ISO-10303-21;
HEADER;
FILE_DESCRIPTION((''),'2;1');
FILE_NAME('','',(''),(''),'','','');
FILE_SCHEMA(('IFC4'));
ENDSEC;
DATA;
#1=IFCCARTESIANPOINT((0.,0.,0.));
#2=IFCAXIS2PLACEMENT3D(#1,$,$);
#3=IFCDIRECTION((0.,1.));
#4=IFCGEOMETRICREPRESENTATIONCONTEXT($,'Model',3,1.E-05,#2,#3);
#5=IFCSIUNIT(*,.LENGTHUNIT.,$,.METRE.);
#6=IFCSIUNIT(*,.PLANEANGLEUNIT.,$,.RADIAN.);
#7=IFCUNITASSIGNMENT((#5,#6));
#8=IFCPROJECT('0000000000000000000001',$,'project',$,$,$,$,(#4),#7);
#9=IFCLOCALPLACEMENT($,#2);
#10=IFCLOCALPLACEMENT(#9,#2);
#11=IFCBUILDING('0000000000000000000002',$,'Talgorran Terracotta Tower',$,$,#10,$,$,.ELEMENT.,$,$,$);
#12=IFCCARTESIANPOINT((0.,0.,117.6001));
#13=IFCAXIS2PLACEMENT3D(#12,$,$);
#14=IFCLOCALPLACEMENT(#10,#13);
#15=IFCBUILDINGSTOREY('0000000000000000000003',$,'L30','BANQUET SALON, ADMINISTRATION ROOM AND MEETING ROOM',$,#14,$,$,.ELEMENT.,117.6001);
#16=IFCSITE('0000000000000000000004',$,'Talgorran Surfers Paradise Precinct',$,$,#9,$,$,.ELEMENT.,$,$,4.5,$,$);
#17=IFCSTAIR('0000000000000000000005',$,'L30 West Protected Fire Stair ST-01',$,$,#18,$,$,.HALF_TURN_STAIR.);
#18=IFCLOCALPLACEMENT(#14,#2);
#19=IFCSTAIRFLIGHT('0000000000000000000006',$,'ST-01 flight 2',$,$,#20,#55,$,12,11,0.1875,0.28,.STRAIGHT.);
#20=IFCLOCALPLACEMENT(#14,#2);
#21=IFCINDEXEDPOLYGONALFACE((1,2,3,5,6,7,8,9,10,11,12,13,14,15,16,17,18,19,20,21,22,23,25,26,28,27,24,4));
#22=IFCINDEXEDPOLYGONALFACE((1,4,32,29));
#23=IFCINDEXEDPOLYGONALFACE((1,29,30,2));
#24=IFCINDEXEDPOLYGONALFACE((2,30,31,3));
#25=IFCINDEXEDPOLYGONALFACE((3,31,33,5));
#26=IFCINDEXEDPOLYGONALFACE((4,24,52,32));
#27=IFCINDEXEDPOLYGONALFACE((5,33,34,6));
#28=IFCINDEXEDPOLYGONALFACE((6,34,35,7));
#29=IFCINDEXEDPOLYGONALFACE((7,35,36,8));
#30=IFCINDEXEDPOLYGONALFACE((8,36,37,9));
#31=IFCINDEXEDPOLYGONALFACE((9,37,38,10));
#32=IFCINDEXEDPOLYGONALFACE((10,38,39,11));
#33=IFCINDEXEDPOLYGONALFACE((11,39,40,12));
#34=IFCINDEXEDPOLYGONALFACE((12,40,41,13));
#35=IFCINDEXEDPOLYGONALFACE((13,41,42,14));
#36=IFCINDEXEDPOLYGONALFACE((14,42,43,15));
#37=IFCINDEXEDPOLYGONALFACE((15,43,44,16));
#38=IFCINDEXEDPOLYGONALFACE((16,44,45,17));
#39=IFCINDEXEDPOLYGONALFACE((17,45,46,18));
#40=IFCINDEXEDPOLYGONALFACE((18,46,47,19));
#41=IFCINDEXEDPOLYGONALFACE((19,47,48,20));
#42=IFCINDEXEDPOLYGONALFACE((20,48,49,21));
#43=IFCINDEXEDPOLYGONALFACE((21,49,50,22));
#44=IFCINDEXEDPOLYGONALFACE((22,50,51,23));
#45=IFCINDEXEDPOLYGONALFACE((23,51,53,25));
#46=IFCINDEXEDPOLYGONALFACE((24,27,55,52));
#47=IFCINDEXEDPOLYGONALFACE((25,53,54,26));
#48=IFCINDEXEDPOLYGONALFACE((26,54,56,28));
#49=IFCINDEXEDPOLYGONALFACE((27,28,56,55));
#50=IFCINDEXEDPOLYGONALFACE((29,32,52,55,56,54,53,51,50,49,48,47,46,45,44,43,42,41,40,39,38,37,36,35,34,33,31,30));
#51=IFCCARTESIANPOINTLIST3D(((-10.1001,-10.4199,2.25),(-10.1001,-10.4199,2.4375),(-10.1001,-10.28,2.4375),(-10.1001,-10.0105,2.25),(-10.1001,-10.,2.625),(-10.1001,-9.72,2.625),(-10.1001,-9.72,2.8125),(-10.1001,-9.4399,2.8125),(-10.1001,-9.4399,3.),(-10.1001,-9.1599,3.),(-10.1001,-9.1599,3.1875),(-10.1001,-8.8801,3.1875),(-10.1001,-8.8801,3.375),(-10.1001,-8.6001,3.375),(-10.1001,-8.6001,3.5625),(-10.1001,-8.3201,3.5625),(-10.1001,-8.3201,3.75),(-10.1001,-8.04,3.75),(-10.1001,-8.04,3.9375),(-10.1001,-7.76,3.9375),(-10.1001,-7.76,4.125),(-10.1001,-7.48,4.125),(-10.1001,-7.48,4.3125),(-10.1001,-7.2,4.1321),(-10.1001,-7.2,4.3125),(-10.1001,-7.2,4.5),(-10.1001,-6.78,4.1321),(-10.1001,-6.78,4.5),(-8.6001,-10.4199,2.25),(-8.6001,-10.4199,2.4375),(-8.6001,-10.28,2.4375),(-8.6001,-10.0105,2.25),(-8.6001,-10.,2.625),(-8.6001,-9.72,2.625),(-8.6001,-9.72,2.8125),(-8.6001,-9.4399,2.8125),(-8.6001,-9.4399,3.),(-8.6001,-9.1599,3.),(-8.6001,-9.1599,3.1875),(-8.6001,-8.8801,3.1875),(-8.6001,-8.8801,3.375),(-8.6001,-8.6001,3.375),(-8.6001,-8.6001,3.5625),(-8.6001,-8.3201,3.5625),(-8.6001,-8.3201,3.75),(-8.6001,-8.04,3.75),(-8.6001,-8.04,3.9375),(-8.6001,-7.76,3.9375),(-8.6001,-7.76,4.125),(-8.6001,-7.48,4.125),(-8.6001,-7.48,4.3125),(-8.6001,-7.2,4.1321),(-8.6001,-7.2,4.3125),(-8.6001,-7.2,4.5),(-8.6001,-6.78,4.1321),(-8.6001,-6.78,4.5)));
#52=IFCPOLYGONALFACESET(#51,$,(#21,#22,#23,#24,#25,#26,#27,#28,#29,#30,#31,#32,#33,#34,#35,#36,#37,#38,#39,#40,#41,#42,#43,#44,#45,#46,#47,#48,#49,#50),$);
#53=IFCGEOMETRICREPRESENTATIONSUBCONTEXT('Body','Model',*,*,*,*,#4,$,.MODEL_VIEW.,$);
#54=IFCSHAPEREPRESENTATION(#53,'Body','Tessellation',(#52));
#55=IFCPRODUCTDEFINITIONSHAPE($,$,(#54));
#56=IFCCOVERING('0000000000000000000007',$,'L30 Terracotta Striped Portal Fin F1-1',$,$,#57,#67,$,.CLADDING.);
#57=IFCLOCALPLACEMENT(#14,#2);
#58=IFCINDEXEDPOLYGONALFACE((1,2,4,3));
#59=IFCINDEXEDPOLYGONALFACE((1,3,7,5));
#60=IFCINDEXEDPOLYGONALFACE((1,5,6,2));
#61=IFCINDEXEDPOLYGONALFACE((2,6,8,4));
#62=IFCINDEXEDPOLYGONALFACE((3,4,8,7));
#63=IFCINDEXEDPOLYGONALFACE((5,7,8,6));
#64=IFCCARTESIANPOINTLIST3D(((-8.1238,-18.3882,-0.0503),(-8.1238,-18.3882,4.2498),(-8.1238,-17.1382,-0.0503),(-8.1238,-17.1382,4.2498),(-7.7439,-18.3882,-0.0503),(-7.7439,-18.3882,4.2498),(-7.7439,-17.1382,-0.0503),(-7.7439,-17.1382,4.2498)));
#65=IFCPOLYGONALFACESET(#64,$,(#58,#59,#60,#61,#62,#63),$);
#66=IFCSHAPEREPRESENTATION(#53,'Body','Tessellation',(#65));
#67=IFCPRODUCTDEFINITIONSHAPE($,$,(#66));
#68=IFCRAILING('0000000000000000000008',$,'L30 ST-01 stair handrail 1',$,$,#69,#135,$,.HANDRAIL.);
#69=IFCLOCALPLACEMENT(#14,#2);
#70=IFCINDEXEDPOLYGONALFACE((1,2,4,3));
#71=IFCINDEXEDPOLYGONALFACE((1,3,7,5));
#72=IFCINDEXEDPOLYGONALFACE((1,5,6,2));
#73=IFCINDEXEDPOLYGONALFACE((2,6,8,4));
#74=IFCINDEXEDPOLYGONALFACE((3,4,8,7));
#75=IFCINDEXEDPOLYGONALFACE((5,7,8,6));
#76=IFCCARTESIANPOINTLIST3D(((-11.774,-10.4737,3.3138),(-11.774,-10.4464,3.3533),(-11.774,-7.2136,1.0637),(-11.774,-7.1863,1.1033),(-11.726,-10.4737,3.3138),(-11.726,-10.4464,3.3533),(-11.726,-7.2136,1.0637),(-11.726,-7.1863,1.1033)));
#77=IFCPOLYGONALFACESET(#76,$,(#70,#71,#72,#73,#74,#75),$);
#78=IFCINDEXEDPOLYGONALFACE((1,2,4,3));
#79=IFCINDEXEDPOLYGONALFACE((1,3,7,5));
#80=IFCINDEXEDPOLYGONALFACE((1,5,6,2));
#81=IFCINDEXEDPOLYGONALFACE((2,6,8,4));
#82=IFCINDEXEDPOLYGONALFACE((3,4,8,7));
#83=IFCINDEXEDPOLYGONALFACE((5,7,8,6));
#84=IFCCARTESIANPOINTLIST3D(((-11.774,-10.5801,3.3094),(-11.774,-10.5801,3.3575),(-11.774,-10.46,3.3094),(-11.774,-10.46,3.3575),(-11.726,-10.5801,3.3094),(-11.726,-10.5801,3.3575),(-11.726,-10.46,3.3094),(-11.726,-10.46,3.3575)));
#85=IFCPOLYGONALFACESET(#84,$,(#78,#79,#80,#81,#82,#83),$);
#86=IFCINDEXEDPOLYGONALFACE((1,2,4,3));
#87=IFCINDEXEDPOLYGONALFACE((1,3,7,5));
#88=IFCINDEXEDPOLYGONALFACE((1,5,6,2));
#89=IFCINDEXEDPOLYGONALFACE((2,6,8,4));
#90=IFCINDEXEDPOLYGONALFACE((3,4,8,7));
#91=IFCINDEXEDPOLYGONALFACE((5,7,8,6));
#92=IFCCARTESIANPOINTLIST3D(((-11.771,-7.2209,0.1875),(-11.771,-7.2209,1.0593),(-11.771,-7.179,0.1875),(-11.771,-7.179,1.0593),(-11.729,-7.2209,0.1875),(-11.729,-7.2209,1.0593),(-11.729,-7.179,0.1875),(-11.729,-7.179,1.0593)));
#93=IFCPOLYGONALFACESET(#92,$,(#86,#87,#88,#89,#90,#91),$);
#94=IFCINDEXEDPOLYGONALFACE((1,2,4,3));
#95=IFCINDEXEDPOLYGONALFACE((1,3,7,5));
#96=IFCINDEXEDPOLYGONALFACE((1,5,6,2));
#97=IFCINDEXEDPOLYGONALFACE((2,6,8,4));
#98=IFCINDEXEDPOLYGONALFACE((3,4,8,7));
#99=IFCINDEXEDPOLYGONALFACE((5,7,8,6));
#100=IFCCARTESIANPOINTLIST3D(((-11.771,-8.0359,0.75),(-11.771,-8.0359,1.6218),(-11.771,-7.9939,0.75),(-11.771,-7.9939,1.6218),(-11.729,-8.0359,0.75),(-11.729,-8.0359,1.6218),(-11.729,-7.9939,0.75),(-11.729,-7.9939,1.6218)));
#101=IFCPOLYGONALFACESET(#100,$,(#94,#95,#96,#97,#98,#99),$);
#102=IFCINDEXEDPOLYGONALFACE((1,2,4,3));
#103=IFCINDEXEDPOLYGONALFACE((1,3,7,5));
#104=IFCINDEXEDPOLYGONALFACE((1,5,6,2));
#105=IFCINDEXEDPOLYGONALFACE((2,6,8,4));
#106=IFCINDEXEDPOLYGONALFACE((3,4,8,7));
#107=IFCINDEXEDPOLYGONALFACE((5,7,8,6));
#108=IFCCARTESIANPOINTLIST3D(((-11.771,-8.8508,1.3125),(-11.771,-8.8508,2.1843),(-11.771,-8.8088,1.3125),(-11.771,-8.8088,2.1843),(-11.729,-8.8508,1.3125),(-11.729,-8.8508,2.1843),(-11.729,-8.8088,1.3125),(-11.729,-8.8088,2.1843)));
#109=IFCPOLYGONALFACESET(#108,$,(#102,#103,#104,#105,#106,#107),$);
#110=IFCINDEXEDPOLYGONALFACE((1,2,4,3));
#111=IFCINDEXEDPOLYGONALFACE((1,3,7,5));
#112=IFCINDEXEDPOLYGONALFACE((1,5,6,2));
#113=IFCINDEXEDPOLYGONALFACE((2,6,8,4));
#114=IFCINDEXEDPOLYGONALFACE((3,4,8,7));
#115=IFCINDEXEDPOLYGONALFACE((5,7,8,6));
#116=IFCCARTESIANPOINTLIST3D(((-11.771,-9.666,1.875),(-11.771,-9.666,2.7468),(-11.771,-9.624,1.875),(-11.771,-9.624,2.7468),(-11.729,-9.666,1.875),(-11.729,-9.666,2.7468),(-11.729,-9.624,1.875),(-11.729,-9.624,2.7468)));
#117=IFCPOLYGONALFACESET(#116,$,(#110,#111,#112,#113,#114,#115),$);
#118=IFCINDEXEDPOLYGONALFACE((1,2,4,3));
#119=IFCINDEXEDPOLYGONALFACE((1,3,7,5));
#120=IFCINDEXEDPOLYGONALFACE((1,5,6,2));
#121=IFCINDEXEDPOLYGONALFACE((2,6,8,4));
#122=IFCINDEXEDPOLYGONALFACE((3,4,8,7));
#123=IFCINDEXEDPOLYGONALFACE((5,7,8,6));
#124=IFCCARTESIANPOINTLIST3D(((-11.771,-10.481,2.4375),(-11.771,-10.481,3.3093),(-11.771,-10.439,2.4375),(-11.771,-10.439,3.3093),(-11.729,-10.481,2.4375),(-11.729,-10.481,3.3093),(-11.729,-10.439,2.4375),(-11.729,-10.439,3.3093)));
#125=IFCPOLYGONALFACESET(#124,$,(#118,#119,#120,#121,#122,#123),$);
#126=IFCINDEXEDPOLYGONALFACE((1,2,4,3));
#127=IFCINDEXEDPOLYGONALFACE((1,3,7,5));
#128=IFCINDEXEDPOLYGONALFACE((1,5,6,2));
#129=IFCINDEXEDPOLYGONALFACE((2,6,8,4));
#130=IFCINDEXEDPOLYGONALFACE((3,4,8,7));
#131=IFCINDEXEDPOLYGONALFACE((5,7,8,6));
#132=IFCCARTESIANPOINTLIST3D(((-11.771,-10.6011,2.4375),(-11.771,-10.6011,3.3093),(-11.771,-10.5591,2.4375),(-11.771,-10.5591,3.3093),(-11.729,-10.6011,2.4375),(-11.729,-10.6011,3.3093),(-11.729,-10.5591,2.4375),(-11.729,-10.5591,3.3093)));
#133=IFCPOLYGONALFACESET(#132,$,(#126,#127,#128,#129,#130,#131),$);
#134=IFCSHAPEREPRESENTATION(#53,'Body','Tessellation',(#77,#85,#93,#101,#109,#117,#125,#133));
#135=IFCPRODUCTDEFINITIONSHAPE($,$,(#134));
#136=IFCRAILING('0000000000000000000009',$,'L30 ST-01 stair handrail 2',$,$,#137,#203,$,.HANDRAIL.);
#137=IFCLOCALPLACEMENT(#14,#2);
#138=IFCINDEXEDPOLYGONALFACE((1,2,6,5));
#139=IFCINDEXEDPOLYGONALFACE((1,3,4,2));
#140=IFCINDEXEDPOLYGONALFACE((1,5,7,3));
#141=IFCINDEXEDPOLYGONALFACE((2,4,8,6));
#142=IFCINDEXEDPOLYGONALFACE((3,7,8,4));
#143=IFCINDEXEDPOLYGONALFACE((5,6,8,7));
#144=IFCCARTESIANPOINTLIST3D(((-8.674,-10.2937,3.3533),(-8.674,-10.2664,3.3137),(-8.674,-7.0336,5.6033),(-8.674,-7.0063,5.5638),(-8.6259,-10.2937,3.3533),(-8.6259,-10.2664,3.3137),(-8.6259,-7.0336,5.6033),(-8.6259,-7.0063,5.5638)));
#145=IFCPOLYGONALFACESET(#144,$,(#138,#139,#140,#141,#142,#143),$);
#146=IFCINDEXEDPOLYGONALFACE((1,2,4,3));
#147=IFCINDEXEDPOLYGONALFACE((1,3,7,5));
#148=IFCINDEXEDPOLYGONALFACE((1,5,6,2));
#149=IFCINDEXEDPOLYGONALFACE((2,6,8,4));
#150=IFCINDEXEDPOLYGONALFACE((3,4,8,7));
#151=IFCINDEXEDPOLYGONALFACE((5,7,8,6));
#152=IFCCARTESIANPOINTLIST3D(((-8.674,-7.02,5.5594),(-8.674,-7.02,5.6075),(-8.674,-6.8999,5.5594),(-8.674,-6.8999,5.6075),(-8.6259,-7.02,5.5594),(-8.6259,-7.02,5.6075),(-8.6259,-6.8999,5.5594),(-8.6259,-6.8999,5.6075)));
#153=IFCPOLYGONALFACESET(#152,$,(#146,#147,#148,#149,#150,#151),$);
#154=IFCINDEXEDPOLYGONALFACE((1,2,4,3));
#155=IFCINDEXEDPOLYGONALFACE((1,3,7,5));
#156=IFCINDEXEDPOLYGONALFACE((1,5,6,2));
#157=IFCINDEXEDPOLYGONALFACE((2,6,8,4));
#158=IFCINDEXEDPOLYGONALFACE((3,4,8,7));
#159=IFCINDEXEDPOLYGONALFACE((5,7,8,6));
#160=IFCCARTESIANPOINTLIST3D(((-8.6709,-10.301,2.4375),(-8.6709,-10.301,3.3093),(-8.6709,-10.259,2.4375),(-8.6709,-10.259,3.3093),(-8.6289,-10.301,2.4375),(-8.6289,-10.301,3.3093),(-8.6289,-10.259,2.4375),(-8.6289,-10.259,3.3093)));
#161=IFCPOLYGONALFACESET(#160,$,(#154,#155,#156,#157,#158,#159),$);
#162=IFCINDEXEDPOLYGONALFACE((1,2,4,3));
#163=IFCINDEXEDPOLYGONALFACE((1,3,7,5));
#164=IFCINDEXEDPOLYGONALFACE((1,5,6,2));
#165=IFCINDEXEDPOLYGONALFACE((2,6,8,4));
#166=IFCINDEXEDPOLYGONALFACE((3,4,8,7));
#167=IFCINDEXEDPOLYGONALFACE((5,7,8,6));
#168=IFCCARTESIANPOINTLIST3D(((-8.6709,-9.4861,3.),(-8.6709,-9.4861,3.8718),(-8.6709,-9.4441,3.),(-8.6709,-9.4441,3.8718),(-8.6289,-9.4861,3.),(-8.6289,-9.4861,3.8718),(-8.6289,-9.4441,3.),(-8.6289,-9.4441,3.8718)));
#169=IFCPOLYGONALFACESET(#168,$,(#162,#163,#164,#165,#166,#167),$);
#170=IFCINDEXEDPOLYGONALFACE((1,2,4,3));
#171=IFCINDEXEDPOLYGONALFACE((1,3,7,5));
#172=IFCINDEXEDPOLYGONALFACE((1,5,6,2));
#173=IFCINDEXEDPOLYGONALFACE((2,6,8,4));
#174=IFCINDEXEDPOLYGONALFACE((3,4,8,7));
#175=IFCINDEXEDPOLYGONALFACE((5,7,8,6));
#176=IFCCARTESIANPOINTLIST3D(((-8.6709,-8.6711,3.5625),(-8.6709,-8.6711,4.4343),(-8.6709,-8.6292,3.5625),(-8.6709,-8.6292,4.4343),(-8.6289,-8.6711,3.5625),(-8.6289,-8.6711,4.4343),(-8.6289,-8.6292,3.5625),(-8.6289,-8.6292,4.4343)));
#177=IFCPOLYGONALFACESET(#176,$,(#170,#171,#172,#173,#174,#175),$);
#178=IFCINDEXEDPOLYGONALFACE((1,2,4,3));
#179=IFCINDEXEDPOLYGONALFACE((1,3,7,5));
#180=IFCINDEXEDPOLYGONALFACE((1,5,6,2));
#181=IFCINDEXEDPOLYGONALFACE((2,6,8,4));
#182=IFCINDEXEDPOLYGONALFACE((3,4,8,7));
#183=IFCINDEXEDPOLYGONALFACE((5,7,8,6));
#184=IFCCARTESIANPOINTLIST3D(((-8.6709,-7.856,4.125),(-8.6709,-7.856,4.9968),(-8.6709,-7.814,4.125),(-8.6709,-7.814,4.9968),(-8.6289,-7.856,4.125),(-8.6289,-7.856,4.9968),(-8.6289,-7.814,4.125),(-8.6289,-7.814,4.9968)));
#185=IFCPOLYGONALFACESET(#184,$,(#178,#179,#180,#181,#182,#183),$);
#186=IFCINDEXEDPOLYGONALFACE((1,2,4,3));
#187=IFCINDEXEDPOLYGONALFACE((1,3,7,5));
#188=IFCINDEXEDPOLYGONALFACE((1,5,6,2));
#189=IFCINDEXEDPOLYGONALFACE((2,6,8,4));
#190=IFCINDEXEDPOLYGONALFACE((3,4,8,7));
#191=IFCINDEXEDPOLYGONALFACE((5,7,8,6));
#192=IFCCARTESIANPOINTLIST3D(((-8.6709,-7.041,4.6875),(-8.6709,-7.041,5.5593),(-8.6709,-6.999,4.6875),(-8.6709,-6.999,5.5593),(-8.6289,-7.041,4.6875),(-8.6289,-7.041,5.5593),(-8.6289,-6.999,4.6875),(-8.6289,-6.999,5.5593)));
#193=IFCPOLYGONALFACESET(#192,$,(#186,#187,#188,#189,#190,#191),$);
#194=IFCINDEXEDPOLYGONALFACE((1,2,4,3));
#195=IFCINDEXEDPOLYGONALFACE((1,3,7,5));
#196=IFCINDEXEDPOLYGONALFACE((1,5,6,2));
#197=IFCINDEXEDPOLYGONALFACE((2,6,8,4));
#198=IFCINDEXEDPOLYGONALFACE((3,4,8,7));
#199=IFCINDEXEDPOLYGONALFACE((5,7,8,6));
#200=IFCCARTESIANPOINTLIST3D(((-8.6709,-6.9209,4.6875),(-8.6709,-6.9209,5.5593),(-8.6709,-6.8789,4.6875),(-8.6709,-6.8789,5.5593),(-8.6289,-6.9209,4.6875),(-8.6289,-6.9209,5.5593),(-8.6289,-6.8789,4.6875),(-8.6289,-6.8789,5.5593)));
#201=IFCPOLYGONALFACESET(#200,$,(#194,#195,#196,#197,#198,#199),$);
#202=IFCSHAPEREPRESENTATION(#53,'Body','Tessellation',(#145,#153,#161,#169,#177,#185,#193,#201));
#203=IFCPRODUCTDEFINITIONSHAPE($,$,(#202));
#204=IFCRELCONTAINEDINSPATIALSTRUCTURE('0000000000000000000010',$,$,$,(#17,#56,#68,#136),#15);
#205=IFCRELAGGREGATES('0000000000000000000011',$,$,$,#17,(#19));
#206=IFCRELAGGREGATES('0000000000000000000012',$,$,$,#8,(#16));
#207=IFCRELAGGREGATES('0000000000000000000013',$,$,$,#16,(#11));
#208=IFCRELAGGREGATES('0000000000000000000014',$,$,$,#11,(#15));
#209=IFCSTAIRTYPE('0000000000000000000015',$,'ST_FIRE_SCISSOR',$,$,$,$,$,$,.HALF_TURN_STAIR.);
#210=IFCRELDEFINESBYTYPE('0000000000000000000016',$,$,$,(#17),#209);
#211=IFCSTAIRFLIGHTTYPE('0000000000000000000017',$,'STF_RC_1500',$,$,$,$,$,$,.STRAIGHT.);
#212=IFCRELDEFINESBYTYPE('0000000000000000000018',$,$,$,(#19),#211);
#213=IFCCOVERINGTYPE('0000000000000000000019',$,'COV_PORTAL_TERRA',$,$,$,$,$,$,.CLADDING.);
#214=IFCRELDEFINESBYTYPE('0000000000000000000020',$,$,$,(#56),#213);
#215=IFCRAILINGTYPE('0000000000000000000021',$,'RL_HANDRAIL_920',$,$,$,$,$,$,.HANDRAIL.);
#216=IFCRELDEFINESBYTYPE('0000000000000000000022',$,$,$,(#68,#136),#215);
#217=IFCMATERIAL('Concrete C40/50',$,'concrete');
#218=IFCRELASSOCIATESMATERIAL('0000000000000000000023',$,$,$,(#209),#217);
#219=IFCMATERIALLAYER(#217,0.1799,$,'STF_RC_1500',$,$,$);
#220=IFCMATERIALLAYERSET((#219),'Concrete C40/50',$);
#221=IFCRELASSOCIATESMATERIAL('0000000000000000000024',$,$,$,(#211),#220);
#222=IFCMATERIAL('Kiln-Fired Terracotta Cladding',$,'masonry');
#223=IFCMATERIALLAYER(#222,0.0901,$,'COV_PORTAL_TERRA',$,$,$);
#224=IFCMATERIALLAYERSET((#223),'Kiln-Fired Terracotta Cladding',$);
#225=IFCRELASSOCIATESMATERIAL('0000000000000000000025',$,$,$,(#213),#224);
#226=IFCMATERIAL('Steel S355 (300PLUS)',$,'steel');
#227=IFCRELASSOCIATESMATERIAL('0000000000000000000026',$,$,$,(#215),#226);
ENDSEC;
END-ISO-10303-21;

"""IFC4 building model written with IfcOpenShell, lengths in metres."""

from ifc_helpers import new_model, si_unit, direction, frame, origin, origin_2d, place, context, subcontext, project, spatial, polyline, rectangle, outline, extrude, material, layer, layer_set, type_object, element, aggregate, save


model = new_model("IFC4")

# Units and contexts
model_context = context("Model", 3, precision=1e-05, world=origin(), true_north=direction((0.0, 1.0)))
body_context = subcontext(model_context, "Body", "Model", "MODEL_VIEW")
ifc_project = project(units=[si_unit("LENGTHUNIT", "METRE"), si_unit("PLANEANGLEUNIT", "RADIAN")], contexts=[model_context])

# Site, building, storey
site_placement = place(None, origin())
site = spatial("IfcSite", under=ifc_project, at=site_placement, Name="Talgorran Surfers Paradise Precinct", CompositionType="ELEMENT", RefElevation=4.5)
building_placement = place(site_placement, origin())
building = spatial("IfcBuilding", under=site, at=building_placement, Name="Talgorran Terracotta Tower", CompositionType="ELEMENT")
storey_placement = place(building_placement, frame((0.0, 0.0, 117.6001)))
storey = spatial("IfcBuildingStorey", under=building, at=storey_placement, Name="L30", Description="BANQUET SALON, ADMINISTRATION ROOM AND MEETING ROOM", CompositionType="ELEMENT", Elevation=117.6001)

# Shared definitions
ifc_material_1 = material(Name="Steel S355 (300PLUS)", Category="steel")

# Stair, stair flight
ifc_material_2 = material(Name="Concrete C40/50", Category="concrete")
stair_type = type_object("IfcStairType", Name="ST_FIRE_SCISSOR", PredefinedType="HALF_TURN_STAIR", material=ifc_material_2)
stair_placement = place(storey_placement, origin())
stair = element("IfcStair", 1, at=stair_placement, inside=storey, type_object=stair_type, Name="L30 West Protected Fire Stair ST-01", PredefinedType="HALF_TURN_STAIR")
ifc_layer_1 = layer(ifc_material_2, 0.1799, Name="STF_RC_1500")
ifc_layer_set_1 = layer_set([ifc_layer_1], Name="Concrete C40/50")
stair_flight_type = type_object("IfcStairFlightType", Name="STF_RC_1500", PredefinedType="STRAIGHT", material=ifc_layer_set_1)
stair_flight_1_placement = place(storey_placement, frame((-9.3501, -10.28, 2.25), z_axis=(0.0, 0.0, 1.0), x_axis=(0.0, 1.0, 0.0)))
stair_flight_1 = element("IfcStairFlight", 2, at=stair_flight_1_placement, type_object=stair_flight_type, Name="ST-01 flight 2", NumberOfRisers=12, NumberOfTreads=11, PredefinedType="STRAIGHT", RiserHeight=0.1875, TreadLength=0.28, context=body_context, shape_type="SweptSolid", body=[
    extrude(outline(polyline([(-0.1399, 0.0), (-0.1399, 0.1875), (0.0, 0.1875), (0.28, 0.375), (0.5601, 0.375), (0.5601, 0.5625), (0.8401, 0.5625), (0.8401, 0.75), (1.1201, 0.75), (1.1201, 0.9375), (1.3999, 0.9375), (1.3999, 1.125), (1.6799, 1.125), (1.6799, 1.3125), (1.96, 1.3125), (1.96, 1.5), (2.24, 1.5), (2.24, 1.6875), (2.52, 1.6875), (2.52, 1.875), (2.8, 1.875), (2.8, 2.0625), (3.0801, 2.0625), (3.0801, 2.25), (3.5, 2.25), (3.5, 1.8821), (3.0801, 1.8821), (0.2695, 0.0), (-0.1399, 0.0)])), frame((0.0, 0.75, 0.0), z_axis=(0.0, -1.0, 0.0), x_axis=(1.0, 0.0, 0.0)), (0.0, 0.0, 1.0), 1.5),
])
aggregate(stair, [stair_flight_1])

# Covering
ifc_material_3 = material(Name="Kiln-Fired Terracotta Cladding", Category="masonry")
ifc_layer_2 = layer(ifc_material_3, 0.0901, Name="COV_PORTAL_TERRA")
ifc_layer_set_2 = layer_set([ifc_layer_2], Name="Kiln-Fired Terracotta Cladding")
covering_type = type_object("IfcCoveringType", Name="COV_PORTAL_TERRA", PredefinedType="CLADDING", material=ifc_layer_set_2)
covering_placement = place(storey_placement, frame((-7.9338, -17.7632, -0.0503), z_axis=(0.0, 0.0, 1.0), x_axis=(1.0, 0.0, 0.0)))
element("IfcCovering", 3, at=covering_placement, inside=storey, type_object=covering_type, Name="L30 Terracotta Striped Portal Fin F1-1", PredefinedType="CLADDING", context=body_context, shape_type="SweptSolid", body=[
    extrude(rectangle(XDim=0.3799, YDim=1.25, at=origin_2d()), origin(), (0.0, 0.0, 1.0), 4.3),
])

# Railings
railing_type_1 = type_object("IfcRailingType", Name="RL_HANDRAIL_920", PredefinedType="HANDRAIL", material=ifc_material_1)
railing_1_placement = place(storey_placement, frame((-11.75, -7.2, 0.1875)))
element("IfcRailing", 4, at=railing_1_placement, inside=storey, type_object=railing_type_1, Name="L30 ST-01 stair handrail 1", PredefinedType="HANDRAIL", context=body_context, shape_type="SweptSolid", body=[
    extrude(rectangle(XDim=0.0481, YDim=0.0481, at=origin_2d()), frame((0.0, 0.0, 0.896), z_axis=(0.0, -0.82301, 0.568027), x_axis=(1.0, 0.0, 0.0)), (0.0, 0.0, 1.0), 3.9612),
    extrude(rectangle(XDim=0.0481, YDim=0.0481, at=origin_2d()), frame((0.0, -3.26, 3.146), z_axis=(0.0, -1.0, 0.0), x_axis=(1.0, 0.0, 0.0)), (0.0, 0.0, 1.0), 0.1201),
    extrude(rectangle(XDim=0.042, YDim=0.042, at=origin_2d()), origin(), (0.0, 0.0, 1.0), 0.8718),
    extrude(rectangle(XDim=0.042, YDim=0.042, at=origin_2d()), frame((0.0, -0.8149, 0.5625)), (0.0, 0.0, 1.0), 0.8718),
    extrude(rectangle(XDim=0.042, YDim=0.042, at=origin_2d()), frame((0.0, -1.6299, 1.125)), (0.0, 0.0, 1.0), 0.8718),
    extrude(rectangle(XDim=0.042, YDim=0.042, at=origin_2d()), frame((0.0, -2.4451, 1.6875)), (0.0, 0.0, 1.0), 0.8718),
    extrude(rectangle(XDim=0.042, YDim=0.042, at=origin_2d()), frame((0.0, -3.26, 2.25)), (0.0, 0.0, 1.0), 0.8718),
    extrude(rectangle(XDim=0.042, YDim=0.042, at=origin_2d()), frame((0.0, -3.3801, 2.25)), (0.0, 0.0, 1.0), 0.8718),
])
railing_2_placement = place(storey_placement, frame((-8.6499, -10.28, 2.4375)))
element("IfcRailing", 5, at=railing_2_placement, inside=storey, type_object=railing_type_1, Name="L30 ST-01 stair handrail 2", PredefinedType="HANDRAIL", context=body_context, shape_type="SweptSolid", body=[
    extrude(rectangle(XDim=0.0481, YDim=0.0481, at=origin_2d()), frame((0.0, 0.0, 0.896), z_axis=(0.0, 0.82301, 0.568027), x_axis=(-1.0, 0.0, 0.0)), (0.0, 0.0, 1.0), 3.9612),
    extrude(rectangle(XDim=0.0481, YDim=0.0481, at=origin_2d()), frame((0.0, 3.26, 3.146), z_axis=(0.0, 1.0, 0.0), x_axis=(-1.0, 0.0, 0.0)), (0.0, 0.0, 1.0), 0.1201),
    extrude(rectangle(XDim=0.042, YDim=0.042, at=origin_2d()), origin(), (0.0, 0.0, 1.0), 0.8718),
    extrude(rectangle(XDim=0.042, YDim=0.042, at=origin_2d()), frame((0.0, 0.8149, 0.5625)), (0.0, 0.0, 1.0), 0.8718),
    extrude(rectangle(XDim=0.042, YDim=0.042, at=origin_2d()), frame((0.0, 1.6299, 1.125)), (0.0, 0.0, 1.0), 0.8718),
    extrude(rectangle(XDim=0.042, YDim=0.042, at=origin_2d()), frame((0.0, 2.4451, 1.6875)), (0.0, 0.0, 1.0), 0.8718),
    extrude(rectangle(XDim=0.042, YDim=0.042, at=origin_2d()), frame((0.0, 3.26, 2.25)), (0.0, 0.0, 1.0), 0.8718),
    extrude(rectangle(XDim=0.042, YDim=0.042, at=origin_2d()), frame((0.0, 3.3801, 2.25)), (0.0, 0.0, 1.0), 0.8718),
])

save(model, "model.ifc")
